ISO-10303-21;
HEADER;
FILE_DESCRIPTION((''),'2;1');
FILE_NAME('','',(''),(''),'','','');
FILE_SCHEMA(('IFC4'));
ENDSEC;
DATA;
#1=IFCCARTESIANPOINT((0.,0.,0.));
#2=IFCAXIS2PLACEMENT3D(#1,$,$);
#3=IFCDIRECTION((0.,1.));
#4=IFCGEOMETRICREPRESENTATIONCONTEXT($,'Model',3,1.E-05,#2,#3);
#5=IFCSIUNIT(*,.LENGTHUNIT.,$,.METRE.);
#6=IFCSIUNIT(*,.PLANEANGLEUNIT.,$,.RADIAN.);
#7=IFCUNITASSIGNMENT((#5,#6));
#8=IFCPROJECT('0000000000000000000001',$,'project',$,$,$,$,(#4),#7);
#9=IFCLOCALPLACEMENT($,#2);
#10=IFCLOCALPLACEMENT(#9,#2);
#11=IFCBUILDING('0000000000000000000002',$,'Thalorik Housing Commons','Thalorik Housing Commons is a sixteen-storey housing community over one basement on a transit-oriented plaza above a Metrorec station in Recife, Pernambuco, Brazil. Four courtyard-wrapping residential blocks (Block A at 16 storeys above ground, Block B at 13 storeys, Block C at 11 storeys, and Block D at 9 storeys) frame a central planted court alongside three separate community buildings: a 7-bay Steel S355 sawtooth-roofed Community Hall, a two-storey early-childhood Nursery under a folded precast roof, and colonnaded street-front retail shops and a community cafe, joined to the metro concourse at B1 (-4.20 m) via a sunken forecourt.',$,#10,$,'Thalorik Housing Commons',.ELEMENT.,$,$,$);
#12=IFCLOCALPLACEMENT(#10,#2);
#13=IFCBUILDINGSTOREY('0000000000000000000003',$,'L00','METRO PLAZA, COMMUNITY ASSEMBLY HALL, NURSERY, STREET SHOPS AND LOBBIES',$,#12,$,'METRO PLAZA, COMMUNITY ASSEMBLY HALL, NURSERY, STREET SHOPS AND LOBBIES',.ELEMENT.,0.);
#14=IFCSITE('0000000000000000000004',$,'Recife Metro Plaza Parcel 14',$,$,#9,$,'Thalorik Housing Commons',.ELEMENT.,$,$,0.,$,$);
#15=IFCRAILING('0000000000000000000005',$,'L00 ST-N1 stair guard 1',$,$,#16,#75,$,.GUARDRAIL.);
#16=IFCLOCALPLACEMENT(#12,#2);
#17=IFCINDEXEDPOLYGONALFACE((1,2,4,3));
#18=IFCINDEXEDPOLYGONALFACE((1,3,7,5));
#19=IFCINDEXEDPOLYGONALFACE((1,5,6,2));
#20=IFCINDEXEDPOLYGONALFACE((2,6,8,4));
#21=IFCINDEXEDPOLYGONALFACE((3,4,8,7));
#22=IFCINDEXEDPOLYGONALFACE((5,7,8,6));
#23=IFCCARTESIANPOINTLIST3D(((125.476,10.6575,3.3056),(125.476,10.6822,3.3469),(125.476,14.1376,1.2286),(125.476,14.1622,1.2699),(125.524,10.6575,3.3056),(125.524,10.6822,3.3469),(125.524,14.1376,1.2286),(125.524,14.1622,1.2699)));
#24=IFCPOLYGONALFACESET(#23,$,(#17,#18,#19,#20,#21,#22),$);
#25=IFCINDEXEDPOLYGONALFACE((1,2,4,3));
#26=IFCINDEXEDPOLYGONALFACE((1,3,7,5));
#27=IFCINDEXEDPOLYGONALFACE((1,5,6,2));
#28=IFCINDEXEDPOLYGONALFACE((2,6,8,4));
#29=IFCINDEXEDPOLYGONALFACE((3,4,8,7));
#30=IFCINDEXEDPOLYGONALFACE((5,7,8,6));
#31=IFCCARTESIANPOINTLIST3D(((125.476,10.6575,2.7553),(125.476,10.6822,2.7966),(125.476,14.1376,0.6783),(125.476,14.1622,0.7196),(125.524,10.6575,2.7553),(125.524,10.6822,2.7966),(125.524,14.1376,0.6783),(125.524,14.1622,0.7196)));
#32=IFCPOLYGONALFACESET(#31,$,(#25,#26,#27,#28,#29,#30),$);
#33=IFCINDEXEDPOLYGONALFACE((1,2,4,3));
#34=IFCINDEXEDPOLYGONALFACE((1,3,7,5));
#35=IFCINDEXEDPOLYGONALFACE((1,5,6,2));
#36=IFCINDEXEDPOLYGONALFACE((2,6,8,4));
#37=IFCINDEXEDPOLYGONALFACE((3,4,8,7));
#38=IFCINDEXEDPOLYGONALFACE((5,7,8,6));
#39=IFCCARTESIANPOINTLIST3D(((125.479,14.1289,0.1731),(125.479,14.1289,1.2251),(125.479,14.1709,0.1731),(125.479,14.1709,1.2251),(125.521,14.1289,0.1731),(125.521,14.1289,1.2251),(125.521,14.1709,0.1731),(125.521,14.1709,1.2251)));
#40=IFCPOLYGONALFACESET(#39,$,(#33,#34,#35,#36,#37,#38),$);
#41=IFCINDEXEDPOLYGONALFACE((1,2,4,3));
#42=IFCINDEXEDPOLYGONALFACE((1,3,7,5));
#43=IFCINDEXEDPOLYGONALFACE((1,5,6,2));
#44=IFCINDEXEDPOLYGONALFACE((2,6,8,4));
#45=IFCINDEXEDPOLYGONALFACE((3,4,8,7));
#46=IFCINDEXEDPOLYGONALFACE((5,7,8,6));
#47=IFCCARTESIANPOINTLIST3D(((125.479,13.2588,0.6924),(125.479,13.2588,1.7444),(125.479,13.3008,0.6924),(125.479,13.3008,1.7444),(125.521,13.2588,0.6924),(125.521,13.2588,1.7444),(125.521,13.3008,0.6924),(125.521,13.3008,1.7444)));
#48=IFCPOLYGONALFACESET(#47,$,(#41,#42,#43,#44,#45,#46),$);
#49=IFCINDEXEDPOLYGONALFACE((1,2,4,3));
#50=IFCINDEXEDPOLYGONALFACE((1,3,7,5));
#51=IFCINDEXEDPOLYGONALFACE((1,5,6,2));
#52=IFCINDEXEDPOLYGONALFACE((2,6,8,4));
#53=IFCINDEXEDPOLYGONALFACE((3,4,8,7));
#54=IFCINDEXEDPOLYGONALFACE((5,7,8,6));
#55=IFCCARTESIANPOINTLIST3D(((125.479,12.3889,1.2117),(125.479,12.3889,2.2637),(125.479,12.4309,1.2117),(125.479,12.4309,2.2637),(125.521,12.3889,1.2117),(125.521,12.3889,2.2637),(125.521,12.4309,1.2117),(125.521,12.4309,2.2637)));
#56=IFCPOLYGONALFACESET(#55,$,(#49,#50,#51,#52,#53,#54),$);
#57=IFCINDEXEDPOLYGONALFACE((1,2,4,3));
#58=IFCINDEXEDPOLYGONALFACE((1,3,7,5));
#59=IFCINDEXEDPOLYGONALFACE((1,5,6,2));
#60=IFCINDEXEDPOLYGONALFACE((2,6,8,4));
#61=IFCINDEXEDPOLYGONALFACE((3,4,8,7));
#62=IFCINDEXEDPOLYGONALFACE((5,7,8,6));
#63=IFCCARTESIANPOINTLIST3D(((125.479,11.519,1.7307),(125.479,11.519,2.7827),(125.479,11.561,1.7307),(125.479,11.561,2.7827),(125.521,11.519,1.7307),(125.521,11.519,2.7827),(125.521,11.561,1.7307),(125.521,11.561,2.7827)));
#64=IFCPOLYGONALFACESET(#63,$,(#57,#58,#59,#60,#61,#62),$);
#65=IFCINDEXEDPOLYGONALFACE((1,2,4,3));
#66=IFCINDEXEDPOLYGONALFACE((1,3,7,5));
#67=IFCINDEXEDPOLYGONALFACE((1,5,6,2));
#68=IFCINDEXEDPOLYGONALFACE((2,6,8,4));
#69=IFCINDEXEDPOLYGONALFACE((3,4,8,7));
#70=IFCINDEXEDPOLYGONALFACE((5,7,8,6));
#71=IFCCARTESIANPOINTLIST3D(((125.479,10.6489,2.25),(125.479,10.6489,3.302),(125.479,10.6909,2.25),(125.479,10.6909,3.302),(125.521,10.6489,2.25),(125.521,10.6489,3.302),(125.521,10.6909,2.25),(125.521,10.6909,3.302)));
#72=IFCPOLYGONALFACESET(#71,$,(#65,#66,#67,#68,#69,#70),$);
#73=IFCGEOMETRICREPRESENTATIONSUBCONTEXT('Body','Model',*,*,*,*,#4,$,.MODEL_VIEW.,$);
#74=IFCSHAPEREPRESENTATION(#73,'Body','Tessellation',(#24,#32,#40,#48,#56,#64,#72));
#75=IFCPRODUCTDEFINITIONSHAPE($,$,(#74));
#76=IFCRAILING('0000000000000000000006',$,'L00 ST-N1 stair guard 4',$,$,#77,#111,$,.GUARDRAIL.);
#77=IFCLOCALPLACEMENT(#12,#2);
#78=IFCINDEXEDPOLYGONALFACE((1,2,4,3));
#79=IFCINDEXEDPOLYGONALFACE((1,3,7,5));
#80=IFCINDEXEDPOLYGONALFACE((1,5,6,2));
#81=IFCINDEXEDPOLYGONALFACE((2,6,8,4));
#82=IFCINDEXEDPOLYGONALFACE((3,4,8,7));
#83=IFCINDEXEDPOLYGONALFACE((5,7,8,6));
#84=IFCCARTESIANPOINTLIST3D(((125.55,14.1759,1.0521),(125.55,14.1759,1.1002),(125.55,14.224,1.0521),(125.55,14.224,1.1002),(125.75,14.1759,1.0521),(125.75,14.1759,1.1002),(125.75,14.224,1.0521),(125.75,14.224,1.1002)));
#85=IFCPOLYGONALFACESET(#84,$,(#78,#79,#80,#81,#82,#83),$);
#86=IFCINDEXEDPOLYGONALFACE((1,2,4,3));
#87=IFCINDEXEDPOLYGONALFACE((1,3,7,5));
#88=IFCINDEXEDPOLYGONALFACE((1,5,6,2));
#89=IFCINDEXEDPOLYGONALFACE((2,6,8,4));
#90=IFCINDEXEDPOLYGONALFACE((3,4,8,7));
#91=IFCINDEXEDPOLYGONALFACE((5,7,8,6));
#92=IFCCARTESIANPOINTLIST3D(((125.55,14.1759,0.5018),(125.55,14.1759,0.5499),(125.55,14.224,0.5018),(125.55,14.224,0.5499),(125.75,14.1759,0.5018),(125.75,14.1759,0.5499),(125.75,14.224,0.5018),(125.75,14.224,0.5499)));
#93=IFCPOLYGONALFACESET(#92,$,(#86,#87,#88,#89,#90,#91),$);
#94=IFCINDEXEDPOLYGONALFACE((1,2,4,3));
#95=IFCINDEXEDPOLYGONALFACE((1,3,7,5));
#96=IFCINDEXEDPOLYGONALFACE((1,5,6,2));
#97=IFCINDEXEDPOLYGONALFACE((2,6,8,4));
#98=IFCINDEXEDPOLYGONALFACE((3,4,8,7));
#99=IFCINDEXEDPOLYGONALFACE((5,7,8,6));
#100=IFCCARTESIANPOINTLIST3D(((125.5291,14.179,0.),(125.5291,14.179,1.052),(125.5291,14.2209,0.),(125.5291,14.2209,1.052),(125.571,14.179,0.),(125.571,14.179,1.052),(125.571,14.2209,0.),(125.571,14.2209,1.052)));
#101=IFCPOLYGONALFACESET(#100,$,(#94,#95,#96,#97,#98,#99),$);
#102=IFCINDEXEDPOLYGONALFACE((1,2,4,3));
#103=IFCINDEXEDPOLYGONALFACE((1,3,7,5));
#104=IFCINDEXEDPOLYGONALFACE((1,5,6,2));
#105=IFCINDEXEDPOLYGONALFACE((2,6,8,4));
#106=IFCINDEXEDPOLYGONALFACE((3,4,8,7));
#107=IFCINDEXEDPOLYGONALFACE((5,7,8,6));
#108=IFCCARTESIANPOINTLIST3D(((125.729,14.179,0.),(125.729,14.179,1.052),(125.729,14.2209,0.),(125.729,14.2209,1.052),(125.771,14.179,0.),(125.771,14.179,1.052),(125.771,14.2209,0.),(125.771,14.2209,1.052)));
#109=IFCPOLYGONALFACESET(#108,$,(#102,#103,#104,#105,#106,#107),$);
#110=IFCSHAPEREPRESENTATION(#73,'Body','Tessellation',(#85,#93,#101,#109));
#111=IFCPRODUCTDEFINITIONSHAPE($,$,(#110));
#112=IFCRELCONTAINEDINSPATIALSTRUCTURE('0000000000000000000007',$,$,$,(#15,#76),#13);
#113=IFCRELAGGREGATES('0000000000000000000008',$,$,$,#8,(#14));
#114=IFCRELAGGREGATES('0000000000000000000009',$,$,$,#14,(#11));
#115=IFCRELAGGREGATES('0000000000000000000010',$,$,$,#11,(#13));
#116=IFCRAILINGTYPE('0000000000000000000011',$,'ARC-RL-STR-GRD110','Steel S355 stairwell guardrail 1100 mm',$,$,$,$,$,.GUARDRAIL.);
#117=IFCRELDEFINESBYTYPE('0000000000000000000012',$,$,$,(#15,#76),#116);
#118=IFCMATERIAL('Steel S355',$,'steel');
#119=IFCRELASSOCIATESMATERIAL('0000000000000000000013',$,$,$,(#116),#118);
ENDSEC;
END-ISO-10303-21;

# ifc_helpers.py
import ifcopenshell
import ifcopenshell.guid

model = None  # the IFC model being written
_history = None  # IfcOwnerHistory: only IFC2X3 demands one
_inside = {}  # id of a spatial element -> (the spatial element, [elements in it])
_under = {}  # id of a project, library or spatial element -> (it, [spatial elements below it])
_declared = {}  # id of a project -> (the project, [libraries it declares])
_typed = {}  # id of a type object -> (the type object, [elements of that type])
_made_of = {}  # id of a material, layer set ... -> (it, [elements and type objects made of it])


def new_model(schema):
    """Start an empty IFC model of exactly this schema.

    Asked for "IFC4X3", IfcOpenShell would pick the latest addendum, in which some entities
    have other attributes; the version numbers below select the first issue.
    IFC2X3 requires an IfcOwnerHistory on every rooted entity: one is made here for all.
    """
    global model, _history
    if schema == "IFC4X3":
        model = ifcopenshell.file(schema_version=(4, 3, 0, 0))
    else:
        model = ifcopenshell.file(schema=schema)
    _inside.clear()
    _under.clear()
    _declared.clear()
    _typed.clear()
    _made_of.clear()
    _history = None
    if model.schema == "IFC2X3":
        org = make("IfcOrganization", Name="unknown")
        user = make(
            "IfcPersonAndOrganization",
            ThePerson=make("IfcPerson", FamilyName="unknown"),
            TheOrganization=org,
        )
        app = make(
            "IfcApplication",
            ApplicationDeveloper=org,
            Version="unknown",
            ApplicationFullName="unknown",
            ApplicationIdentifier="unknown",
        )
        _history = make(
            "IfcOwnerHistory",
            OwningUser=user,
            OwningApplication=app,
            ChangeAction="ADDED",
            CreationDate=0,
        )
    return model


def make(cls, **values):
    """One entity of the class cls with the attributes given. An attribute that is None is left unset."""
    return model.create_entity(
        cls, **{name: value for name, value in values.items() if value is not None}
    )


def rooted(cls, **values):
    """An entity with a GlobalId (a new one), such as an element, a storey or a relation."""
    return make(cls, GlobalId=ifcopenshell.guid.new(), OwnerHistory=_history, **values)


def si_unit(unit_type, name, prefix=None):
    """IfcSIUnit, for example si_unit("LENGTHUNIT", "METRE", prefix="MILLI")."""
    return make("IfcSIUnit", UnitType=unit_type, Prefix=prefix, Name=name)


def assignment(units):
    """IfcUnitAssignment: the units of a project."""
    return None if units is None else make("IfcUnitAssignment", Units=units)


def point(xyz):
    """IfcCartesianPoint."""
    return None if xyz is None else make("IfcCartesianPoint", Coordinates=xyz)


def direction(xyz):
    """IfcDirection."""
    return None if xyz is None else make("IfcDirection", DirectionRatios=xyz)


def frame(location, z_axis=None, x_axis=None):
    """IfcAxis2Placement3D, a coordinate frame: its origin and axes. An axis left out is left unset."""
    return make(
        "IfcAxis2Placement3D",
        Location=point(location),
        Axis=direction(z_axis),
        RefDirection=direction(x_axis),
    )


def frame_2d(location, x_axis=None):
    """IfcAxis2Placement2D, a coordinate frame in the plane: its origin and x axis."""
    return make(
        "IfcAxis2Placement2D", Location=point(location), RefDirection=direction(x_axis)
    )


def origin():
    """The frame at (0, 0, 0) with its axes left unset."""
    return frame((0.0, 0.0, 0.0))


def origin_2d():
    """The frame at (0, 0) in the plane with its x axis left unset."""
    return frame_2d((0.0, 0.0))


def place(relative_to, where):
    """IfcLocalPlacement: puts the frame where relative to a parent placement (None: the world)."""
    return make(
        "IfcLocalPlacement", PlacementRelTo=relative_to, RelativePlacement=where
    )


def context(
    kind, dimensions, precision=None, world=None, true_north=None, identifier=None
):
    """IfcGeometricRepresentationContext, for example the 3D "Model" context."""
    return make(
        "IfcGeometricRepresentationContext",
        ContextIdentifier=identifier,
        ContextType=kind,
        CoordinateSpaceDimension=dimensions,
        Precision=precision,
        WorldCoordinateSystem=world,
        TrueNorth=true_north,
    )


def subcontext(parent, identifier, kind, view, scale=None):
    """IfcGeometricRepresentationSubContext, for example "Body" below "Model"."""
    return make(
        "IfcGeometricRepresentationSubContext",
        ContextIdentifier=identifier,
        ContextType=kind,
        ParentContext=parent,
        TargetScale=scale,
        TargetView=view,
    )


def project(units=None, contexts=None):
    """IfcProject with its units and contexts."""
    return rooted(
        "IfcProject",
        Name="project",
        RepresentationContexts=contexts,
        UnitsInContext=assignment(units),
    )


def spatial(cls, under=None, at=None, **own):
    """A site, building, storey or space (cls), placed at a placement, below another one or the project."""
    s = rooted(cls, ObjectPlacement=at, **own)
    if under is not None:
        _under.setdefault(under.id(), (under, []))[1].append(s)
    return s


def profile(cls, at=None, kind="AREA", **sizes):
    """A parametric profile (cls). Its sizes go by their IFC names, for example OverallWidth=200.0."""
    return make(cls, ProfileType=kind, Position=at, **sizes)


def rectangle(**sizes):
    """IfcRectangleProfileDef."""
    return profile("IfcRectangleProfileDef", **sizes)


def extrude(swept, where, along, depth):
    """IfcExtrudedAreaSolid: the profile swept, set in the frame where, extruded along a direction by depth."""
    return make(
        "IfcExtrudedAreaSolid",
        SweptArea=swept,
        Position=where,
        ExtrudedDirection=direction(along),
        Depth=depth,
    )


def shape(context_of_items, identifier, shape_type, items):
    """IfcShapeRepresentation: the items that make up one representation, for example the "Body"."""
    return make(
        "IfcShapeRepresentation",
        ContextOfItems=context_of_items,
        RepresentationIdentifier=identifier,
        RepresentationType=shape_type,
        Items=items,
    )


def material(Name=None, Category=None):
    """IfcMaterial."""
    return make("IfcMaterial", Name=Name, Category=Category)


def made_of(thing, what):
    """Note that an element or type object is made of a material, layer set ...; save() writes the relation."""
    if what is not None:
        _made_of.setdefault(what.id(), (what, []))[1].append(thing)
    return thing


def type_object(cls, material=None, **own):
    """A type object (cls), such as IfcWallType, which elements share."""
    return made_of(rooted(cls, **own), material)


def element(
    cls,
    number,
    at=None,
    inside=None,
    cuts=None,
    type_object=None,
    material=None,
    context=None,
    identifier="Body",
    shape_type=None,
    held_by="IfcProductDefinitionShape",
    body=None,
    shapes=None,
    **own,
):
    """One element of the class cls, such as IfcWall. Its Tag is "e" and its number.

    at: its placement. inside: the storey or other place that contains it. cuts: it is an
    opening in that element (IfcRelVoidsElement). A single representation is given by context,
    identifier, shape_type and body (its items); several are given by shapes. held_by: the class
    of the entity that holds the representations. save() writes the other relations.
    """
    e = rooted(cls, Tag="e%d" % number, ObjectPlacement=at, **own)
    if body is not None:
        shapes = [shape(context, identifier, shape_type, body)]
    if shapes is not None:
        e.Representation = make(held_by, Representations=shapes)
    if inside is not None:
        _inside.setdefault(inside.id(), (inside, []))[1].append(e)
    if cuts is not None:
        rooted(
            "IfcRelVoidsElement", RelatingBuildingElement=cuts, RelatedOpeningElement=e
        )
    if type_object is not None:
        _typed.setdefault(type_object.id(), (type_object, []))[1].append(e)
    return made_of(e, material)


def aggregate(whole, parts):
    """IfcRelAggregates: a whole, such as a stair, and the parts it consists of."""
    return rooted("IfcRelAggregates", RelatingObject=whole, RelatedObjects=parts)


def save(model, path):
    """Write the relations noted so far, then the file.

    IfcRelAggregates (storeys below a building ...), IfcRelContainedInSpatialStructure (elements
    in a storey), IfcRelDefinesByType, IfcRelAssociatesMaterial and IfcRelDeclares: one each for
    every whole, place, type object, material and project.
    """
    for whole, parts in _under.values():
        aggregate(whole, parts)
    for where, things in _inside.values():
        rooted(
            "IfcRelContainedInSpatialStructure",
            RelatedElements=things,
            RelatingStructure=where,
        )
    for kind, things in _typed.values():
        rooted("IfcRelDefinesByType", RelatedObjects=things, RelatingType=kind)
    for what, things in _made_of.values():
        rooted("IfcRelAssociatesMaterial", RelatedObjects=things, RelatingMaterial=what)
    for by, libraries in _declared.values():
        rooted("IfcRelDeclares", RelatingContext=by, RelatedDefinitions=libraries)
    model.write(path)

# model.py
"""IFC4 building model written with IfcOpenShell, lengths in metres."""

from ifc_helpers import new_model, si_unit, direction, frame, origin, origin_2d, place, context, subcontext, project, spatial, rectangle, extrude, material, type_object, element, save


model = new_model("IFC4")

# Units and contexts
model_context = context("Model", 3, precision=1e-05, world=origin(), true_north=direction((0.0, 1.0)))
body_context = subcontext(model_context, "Body", "Model", "MODEL_VIEW")
ifc_project = project(units=[si_unit("LENGTHUNIT", "METRE"), si_unit("PLANEANGLEUNIT", "RADIAN")], contexts=[model_context])

# Site, building, storey
site_placement = place(None, origin())
site = spatial("IfcSite", under=ifc_project, at=site_placement, Name="Recife Metro Plaza Parcel 14", LongName="Thalorik Housing Commons", CompositionType="ELEMENT", RefElevation=0.0)
building_placement = place(site_placement, origin())
building = spatial("IfcBuilding", under=site, at=building_placement, Name="Thalorik Housing Commons", Description="Thalorik Housing Commons is a sixteen-storey housing community over one basement on a transit-oriented plaza above a Metrorec station in Recife, Pernambuco, Brazil. Four courtyard-wrapping residential blocks (Block A at 16 storeys above ground, Block B at 13 storeys, Block C at 11 storeys, and Block D at 9 storeys) frame a central planted court alongside three separate community buildings: a 7-bay Steel S355 sawtooth-roofed Community Hall, a two-storey early-childhood Nursery under a folded precast roof, and colonnaded street-front retail shops and a community cafe, joined to the metro concourse at B1 (-4.20 m) via a sunken forecourt.", LongName="Thalorik Housing Commons", CompositionType="ELEMENT")
storey_placement = place(building_placement, origin())
storey = spatial("IfcBuildingStorey", under=building, at=storey_placement, Name="L00", Description="METRO PLAZA, COMMUNITY ASSEMBLY HALL, NURSERY, STREET SHOPS AND LOBBIES", LongName="METRO PLAZA, COMMUNITY ASSEMBLY HALL, NURSERY, STREET SHOPS AND LOBBIES", CompositionType="ELEMENT", Elevation=0.0)

# Shared definitions
ifc_material_1 = material(Name="Steel S355", Category="steel")

# Railings
railing_type = type_object("IfcRailingType", Name="ARC-RL-STR-GRD110", Description="Steel S355 stairwell guardrail 1100 mm", PredefinedType="GUARDRAIL", material=ifc_material_1)
railing_1_placement = place(storey_placement, frame((125.5, 14.1499, 0.1731)))
element("IfcRailing", 1, at=railing_1_placement, inside=storey, type_object=railing_type, Name="L00 ST-N1 stair guard 1", PredefinedType="GUARDRAIL", context=body_context, shape_type="SweptSolid", body=[
    extrude(rectangle(XDim=0.0481, YDim=0.0481, at=origin_2d()), frame((0.0, 0.0, 1.0762), z_axis=(0.0, -0.858697, 0.512483), x_axis=(1.0, 0.0, 0.0)), (0.0, 0.0, 1.0), 4.0527),
    extrude(rectangle(XDim=0.0481, YDim=0.0481, at=origin_2d()), frame((0.0, 0.0, 0.5259), z_axis=(0.0, -0.858697, 0.512483), x_axis=(1.0, 0.0, 0.0)), (0.0, 0.0, 1.0), 4.0527),
    extrude(rectangle(XDim=0.042, YDim=0.042, at=origin_2d()), origin(), (0.0, 0.0, 1.0), 1.052),
    extrude(rectangle(XDim=0.042, YDim=0.042, at=origin_2d()), frame((0.0, -0.8701, 0.5193)), (0.0, 0.0, 1.0), 1.052),
    extrude(rectangle(XDim=0.042, YDim=0.042, at=origin_2d()), frame((0.0, -1.74, 1.0386)), (0.0, 0.0, 1.0), 1.052),
    extrude(rectangle(XDim=0.042, YDim=0.042, at=origin_2d()), frame((0.0, -2.6099, 1.5576)), (0.0, 0.0, 1.0), 1.052),
    extrude(rectangle(XDim=0.042, YDim=0.042, at=origin_2d()), frame((0.0, -3.48, 2.0769)), (0.0, 0.0, 1.0), 1.052),
])
railing_2_placement = place(storey_placement, frame((125.55, 14.2, 0.0)))
element("IfcRailing", 2, at=railing_2_placement, inside=storey, type_object=railing_type, Name="L00 ST-N1 stair guard 4", PredefinedType="GUARDRAIL", context=body_context, shape_type="SweptSolid", body=[
    extrude(rectangle(XDim=0.0481, YDim=0.0481, at=origin_2d()), frame((0.0, 0.0, 1.0762), z_axis=(1.0, 0.0, 0.0), x_axis=(0.0, 1.0, 0.0)), (0.0, 0.0, 1.0), 0.2),
    extrude(rectangle(XDim=0.0481, YDim=0.0481, at=origin_2d()), frame((0.0, 0.0, 0.5259), z_axis=(1.0, 0.0, 0.0), x_axis=(0.0, 1.0, 0.0)), (0.0, 0.0, 1.0), 0.2),
    extrude(rectangle(XDim=0.042, YDim=0.042, at=origin_2d()), origin(), (0.0, 0.0, 1.0), 1.052),
    extrude(rectangle(XDim=0.042, YDim=0.042, at=origin_2d()), frame((0.2, 0.0, 0.0)), (0.0, 0.0, 1.0), 1.052),
])

save(model, "model.ifc")
